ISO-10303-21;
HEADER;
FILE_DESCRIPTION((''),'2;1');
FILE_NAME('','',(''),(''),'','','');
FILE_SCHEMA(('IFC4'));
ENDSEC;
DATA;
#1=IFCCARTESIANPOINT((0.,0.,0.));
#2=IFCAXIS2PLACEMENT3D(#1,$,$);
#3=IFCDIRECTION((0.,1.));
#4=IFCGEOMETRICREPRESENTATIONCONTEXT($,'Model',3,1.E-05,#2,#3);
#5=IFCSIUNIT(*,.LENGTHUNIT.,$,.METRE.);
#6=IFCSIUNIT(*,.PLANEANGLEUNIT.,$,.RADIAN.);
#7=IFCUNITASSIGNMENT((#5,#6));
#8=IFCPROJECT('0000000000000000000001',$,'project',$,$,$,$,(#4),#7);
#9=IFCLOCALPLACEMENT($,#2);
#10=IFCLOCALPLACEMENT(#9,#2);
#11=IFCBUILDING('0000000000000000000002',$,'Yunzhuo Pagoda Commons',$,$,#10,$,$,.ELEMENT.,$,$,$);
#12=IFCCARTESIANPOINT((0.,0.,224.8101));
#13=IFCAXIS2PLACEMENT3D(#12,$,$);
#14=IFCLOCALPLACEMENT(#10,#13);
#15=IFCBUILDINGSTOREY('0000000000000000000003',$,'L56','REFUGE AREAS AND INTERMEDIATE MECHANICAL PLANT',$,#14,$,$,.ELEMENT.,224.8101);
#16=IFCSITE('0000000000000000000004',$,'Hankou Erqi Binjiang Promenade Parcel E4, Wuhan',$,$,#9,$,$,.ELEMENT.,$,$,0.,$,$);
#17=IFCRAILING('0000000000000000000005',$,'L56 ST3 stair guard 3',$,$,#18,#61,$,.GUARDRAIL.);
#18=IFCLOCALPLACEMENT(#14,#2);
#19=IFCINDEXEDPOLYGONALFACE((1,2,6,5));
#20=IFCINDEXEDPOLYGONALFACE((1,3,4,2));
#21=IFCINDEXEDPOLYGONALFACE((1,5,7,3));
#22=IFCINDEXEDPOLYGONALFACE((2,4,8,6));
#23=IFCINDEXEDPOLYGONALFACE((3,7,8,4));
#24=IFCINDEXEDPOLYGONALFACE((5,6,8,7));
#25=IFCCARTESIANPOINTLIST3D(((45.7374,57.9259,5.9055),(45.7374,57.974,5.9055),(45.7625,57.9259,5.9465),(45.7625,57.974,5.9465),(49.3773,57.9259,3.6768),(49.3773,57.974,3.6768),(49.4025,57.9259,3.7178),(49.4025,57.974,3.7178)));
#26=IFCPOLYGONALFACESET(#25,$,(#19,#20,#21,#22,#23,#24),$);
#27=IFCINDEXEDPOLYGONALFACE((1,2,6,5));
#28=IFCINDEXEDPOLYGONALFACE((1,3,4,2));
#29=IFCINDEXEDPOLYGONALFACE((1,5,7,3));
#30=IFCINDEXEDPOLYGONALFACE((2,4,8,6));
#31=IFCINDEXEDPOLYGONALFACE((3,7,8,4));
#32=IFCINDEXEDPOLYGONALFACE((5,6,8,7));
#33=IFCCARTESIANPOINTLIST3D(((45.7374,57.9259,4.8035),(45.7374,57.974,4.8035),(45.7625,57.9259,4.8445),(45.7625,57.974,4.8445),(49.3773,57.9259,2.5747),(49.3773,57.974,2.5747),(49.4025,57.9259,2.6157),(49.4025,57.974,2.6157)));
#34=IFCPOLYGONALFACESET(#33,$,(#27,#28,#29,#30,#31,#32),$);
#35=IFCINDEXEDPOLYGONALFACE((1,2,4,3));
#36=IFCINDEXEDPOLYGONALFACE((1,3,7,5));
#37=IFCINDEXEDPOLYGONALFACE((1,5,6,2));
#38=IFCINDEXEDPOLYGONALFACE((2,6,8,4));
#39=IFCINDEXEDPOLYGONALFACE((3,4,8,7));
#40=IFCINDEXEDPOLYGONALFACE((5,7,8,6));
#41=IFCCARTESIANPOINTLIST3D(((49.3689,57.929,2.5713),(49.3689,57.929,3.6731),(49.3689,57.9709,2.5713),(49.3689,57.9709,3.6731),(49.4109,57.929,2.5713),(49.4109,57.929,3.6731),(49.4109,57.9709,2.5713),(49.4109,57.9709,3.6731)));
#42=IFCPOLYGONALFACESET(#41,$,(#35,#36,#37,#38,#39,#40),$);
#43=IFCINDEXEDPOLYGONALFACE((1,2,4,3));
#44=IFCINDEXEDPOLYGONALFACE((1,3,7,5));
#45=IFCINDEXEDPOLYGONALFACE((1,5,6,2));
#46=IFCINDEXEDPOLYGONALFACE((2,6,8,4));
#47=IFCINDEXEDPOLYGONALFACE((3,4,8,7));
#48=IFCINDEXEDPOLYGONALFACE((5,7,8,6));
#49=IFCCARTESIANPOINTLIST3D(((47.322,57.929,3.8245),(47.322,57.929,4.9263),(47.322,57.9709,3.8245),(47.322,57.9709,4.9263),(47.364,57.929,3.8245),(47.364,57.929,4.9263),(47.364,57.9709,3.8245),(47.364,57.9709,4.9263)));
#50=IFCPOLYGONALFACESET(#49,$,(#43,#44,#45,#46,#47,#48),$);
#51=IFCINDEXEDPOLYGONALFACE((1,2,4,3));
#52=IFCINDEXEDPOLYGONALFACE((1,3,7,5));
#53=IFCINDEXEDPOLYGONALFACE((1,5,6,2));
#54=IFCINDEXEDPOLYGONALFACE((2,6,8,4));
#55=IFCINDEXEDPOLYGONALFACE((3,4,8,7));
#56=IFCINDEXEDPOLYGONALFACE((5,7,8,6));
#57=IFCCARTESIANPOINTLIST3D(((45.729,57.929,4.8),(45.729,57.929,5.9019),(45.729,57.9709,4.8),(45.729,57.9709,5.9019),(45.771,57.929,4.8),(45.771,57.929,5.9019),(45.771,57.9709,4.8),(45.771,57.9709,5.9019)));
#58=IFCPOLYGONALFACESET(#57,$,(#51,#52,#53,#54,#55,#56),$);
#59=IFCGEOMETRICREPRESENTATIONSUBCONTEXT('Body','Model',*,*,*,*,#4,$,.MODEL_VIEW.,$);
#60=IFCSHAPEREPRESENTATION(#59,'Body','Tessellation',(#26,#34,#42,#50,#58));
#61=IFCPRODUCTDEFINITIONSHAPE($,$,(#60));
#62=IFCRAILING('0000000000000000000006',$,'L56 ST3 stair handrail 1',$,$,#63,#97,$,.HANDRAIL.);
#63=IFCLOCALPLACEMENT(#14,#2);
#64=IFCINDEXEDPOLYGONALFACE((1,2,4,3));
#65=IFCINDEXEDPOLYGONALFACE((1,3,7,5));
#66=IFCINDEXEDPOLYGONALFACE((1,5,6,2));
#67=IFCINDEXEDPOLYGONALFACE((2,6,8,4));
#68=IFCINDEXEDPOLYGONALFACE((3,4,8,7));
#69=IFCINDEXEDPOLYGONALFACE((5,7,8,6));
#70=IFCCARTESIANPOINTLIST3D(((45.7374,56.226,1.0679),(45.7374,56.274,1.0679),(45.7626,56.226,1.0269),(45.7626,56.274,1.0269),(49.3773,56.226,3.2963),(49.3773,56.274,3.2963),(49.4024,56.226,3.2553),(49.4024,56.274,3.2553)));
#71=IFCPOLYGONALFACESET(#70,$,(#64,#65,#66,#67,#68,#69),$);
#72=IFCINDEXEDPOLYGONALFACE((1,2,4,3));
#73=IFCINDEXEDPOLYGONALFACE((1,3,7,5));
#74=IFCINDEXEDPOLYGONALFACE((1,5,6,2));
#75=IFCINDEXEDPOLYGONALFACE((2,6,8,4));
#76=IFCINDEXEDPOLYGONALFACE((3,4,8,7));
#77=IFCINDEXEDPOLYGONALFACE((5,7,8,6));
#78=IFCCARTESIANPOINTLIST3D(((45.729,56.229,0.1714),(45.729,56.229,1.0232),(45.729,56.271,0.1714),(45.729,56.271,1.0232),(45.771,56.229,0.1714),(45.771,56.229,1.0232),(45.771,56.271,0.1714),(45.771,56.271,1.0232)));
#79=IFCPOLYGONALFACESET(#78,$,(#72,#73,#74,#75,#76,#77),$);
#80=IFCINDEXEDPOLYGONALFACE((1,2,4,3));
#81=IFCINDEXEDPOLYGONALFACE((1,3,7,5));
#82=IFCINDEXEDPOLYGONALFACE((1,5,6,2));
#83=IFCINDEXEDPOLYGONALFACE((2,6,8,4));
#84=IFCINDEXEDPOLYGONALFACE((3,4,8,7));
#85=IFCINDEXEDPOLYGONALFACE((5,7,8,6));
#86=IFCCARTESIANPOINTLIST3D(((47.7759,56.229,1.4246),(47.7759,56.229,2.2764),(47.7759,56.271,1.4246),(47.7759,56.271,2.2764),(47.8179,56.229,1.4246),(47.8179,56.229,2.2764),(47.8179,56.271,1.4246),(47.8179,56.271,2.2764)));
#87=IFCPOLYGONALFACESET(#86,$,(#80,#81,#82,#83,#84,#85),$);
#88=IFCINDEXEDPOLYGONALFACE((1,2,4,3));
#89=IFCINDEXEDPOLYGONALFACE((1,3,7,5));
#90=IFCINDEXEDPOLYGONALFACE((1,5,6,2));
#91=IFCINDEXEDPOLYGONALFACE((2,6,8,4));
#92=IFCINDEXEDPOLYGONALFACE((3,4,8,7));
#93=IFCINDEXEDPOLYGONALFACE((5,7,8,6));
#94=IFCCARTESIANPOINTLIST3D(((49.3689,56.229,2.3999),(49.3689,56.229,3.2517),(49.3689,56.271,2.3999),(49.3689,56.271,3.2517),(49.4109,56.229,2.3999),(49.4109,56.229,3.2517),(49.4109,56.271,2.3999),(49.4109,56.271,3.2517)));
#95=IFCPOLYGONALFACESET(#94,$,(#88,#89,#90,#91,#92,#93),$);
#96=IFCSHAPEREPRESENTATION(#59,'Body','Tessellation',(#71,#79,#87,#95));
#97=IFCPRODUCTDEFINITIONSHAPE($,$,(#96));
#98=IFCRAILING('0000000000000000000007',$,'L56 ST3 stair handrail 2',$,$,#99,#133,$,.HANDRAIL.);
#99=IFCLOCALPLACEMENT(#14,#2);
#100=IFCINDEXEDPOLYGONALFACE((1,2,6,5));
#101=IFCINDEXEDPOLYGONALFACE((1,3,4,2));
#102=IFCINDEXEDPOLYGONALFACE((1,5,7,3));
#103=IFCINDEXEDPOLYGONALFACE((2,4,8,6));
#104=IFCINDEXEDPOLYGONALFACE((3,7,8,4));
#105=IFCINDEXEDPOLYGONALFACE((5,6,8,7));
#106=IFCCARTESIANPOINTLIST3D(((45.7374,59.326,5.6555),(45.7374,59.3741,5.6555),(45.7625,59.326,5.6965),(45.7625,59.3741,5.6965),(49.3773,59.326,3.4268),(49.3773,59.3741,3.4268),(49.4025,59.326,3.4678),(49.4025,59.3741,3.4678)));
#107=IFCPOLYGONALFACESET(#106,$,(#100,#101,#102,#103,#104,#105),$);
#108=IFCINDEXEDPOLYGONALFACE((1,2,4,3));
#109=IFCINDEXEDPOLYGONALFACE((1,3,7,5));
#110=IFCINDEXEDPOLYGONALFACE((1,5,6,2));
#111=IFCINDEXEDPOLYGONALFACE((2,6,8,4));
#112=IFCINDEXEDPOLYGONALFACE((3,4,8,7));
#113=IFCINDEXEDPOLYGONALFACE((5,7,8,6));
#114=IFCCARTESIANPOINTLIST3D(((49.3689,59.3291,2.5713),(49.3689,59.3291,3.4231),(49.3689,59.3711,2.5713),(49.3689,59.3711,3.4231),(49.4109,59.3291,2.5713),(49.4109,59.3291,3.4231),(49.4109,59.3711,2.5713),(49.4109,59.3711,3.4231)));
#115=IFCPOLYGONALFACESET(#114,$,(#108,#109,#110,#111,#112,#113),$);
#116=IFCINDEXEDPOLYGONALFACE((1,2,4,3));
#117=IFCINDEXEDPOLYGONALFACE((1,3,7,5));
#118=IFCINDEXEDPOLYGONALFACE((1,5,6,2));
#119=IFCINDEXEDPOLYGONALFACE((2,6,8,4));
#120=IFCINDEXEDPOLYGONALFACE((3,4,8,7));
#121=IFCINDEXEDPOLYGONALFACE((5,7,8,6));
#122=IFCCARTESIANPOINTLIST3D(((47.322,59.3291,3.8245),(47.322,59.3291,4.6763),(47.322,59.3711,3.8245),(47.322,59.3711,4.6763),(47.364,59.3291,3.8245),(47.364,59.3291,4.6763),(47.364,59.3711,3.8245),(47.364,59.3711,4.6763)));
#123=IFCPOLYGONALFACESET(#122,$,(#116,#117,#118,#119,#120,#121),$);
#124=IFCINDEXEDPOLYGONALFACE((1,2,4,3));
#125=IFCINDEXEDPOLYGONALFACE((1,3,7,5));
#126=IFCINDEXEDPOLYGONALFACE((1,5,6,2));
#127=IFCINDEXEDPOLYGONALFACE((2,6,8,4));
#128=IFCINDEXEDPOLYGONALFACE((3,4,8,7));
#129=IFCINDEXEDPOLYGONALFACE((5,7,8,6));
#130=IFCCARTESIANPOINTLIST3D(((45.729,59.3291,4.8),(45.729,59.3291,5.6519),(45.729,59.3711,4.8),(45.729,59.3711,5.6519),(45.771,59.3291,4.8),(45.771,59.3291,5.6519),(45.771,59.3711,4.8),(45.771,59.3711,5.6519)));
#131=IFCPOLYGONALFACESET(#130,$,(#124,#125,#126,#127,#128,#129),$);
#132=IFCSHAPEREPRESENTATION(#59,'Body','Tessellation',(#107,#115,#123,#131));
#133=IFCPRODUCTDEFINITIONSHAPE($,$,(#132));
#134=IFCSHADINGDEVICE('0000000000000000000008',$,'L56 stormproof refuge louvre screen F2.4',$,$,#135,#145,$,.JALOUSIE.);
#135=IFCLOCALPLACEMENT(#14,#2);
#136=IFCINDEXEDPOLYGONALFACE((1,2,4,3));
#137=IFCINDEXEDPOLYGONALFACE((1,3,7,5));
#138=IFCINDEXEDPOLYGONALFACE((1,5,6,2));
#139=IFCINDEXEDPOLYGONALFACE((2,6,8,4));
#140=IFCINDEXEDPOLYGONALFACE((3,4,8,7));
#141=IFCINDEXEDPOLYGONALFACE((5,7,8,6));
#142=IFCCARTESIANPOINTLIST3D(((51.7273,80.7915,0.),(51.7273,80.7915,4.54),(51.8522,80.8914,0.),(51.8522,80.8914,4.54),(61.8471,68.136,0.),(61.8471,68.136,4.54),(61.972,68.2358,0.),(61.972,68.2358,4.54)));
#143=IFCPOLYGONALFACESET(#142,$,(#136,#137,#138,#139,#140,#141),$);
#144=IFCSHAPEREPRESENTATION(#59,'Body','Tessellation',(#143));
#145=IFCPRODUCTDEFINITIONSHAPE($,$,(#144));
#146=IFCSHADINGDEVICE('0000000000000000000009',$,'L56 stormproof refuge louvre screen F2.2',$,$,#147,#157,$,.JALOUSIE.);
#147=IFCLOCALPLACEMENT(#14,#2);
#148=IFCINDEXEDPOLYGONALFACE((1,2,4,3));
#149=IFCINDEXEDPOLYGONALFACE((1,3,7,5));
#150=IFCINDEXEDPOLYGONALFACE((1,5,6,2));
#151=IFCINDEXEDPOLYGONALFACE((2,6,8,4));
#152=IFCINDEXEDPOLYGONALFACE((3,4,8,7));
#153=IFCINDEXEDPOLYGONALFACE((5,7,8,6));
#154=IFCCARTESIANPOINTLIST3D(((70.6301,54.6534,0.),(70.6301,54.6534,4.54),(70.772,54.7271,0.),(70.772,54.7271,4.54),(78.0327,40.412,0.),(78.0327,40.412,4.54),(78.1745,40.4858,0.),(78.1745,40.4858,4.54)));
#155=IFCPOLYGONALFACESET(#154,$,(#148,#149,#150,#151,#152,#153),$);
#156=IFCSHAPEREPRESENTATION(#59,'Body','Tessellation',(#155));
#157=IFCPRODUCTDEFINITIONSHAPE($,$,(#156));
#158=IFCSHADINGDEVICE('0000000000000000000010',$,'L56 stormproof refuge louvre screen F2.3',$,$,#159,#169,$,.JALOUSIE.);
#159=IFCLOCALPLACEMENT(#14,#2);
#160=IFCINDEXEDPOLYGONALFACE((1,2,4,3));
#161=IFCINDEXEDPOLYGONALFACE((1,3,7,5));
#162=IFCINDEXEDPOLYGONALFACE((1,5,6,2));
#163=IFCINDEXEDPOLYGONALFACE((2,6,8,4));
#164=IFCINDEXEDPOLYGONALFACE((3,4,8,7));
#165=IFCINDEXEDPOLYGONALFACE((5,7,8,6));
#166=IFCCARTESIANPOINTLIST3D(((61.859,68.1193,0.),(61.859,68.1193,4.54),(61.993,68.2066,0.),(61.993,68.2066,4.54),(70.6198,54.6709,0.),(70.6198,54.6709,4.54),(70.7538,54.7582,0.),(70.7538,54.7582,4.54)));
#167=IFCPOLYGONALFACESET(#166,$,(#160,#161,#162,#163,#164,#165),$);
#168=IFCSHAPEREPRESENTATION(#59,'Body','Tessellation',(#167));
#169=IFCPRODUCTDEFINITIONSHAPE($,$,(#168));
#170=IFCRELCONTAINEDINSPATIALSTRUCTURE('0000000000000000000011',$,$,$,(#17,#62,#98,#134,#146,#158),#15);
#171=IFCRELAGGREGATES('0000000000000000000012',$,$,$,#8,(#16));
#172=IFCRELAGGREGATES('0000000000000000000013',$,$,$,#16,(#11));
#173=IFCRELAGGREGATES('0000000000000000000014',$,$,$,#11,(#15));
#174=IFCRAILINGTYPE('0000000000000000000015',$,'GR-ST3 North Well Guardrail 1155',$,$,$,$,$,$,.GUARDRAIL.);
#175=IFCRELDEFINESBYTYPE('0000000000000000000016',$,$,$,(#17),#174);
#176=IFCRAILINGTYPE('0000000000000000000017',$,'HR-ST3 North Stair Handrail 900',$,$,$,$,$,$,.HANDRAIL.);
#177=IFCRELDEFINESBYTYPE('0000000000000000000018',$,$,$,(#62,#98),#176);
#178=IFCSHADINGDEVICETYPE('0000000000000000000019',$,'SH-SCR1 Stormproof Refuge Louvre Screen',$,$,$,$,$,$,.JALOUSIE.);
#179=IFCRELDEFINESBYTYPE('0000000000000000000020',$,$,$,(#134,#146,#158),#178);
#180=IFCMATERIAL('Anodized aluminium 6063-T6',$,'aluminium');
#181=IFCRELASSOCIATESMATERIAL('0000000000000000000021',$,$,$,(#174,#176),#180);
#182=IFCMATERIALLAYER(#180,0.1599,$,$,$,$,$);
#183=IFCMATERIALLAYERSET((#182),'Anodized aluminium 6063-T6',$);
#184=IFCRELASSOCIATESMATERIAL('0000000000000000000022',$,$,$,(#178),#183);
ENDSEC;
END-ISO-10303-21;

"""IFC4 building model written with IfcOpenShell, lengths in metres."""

from ifc_helpers import new_model, si_unit, direction, frame, origin, origin_2d, place, context, subcontext, project, spatial, rectangle, extrude, source, transform, mapped, material, layer, layer_set, type_object, element, save


model = new_model("IFC4")

# Units and contexts
model_context = context("Model", 3, precision=1e-05, world=origin(), true_north=direction((0.0, 1.0)))
body_context = subcontext(model_context, "Body", "Model", "MODEL_VIEW")
ifc_project = project(units=[si_unit("LENGTHUNIT", "METRE"), si_unit("PLANEANGLEUNIT", "RADIAN")], contexts=[model_context])

# Site, building, storey
site_placement = place(None, origin())
site = spatial("IfcSite", under=ifc_project, at=site_placement, Name="Hankou Erqi Binjiang Promenade Parcel E4, Wuhan", CompositionType="ELEMENT", RefElevation=0.0)
building_placement = place(site_placement, origin())
building = spatial("IfcBuilding", under=site, at=building_placement, Name="Yunzhuo Pagoda Commons", CompositionType="ELEMENT")
storey_placement = place(building_placement, frame((0.0, 0.0, 224.8101)))
storey = spatial("IfcBuildingStorey", under=building, at=storey_placement, Name="L56", Description="REFUGE AREAS AND INTERMEDIATE MECHANICAL PLANT", CompositionType="ELEMENT", Elevation=224.8101)

# Railings
ifc_material_1 = material(Name="Anodized aluminium 6063-T6", Category="aluminium")
railing_type_1 = type_object("IfcRailingType", Name="GR-ST3 North Well Guardrail 1155", PredefinedType="GUARDRAIL", material=ifc_material_1)
railing_1_placement = place(storey_placement, frame((49.3899, 57.95, 2.5713)))
element("IfcRailing", 1, at=railing_1_placement, inside=storey, type_object=railing_type_1, Name="L56 ST3 stair guard 3", PredefinedType="GUARDRAIL", context=body_context, shape_type="SweptSolid", body=[
    extrude(rectangle(XDim=0.0481, YDim=0.0481, at=origin_2d()), frame((0.0, 0.0, 1.126), z_axis=(-0.852825, 0.0, 0.522197), x_axis=(0.0, -1.0, 0.0)), (0.0, 0.0, 1.0), 4.2681),
    extrude(rectangle(XDim=0.0481, YDim=0.0481, at=origin_2d()), frame((0.0, 0.0, 0.0239), z_axis=(-0.852825, 0.0, 0.522197), x_axis=(0.0, -1.0, 0.0)), (0.0, 0.0, 1.0), 4.2681),
    extrude(rectangle(XDim=0.042, YDim=0.042, at=origin_2d()), origin(), (0.0, 0.0, 1.0), 1.1018),
    extrude(rectangle(XDim=0.042, YDim=0.042, at=origin_2d()), frame((-2.0469, 0.0, 1.2532)), (0.0, 0.0, 1.0), 1.1018),
    extrude(rectangle(XDim=0.042, YDim=0.042, at=origin_2d()), frame((-3.6399, 0.0, 2.2288)), (0.0, 0.0, 1.0), 1.1018),
])
railing_type_2 = type_object("IfcRailingType", Name="HR-ST3 North Stair Handrail 900", PredefinedType="HANDRAIL", material=ifc_material_1)
railing_2_placement = place(storey_placement, frame((45.75, 56.25, 0.1714)))
element("IfcRailing", 2, at=railing_2_placement, inside=storey, type_object=railing_type_2, Name="L56 ST3 stair handrail 1", PredefinedType="HANDRAIL", context=body_context, shape_type="SweptSolid", body=[
    extrude(rectangle(XDim=0.0481, YDim=0.0481, at=origin_2d()), frame((0.0, 0.0, 0.876), z_axis=(0.85285, 0.0, 0.522156), x_axis=(0.0, 1.0, 0.0)), (0.0, 0.0, 1.0), 4.2678),
    extrude(rectangle(XDim=0.042, YDim=0.042, at=origin_2d()), origin(), (0.0, 0.0, 1.0), 0.8518),
    extrude(rectangle(XDim=0.042, YDim=0.042, at=origin_2d()), frame((2.0469, 0.0, 1.2532)), (0.0, 0.0, 1.0), 0.8518),
    extrude(rectangle(XDim=0.042, YDim=0.042, at=origin_2d()), frame((3.6399, 0.0, 2.2285)), (0.0, 0.0, 1.0), 0.8518),
])
railing_3_placement = place(storey_placement, frame((49.3899, 59.3501, 2.5713)))
element("IfcRailing", 3, at=railing_3_placement, inside=storey, type_object=railing_type_2, Name="L56 ST3 stair handrail 2", PredefinedType="HANDRAIL", context=body_context, shape_type="SweptSolid", body=[
    extrude(rectangle(XDim=0.0481, YDim=0.0481, at=origin_2d()), frame((0.0, 0.0, 0.876), z_axis=(-0.852825, 0.0, 0.522197), x_axis=(0.0, -1.0, 0.0)), (0.0, 0.0, 1.0), 4.2681),
    extrude(rectangle(XDim=0.042, YDim=0.042, at=origin_2d()), origin(), (0.0, 0.0, 1.0), 0.8518),
    extrude(rectangle(XDim=0.042, YDim=0.042, at=origin_2d()), frame((-2.0469, 0.0, 1.2532)), (0.0, 0.0, 1.0), 0.8518),
    extrude(rectangle(XDim=0.042, YDim=0.042, at=origin_2d()), frame((-3.6399, 0.0, 2.2288)), (0.0, 0.0, 1.0), 0.8518),
])

# Shading devices
ifc_layer_1 = layer(ifc_material_1, 0.1599)
ifc_layer_set_1 = layer_set([ifc_layer_1], Name="Anodized aluminium 6063-T6")
shading_device_type = type_object("IfcShadingDeviceType", Name="SH-SCR1 Stormproof Refuge Louvre Screen", PredefinedType="JALOUSIE", material=ifc_layer_set_1)
shared_shape_1 = source(origin(), body_context, "Body", "SweptSolid", [
    extrude(rectangle(XDim=16.2041, YDim=0.1599, at=origin_2d()), origin(), (0.0, 0.0, 1.0), 4.54),
])
shading_device_placement = place(storey_placement, frame((56.8496, 74.5137, 0.0), z_axis=(0.0, 0.0, 1.0), x_axis=(-0.62452, 0.781008, 0.0)))
element("IfcShadingDevice", 4, at=shading_device_placement, inside=storey, type_object=shading_device_type, Name="L56 stormproof refuge louvre screen F2.4", PredefinedType="JALOUSIE", context=body_context, shape_type="MappedRepresentation", body=[
    mapped(shared_shape_1, transform((0.0, 0.0, 0.0), scale=1.0)),
])
shared_shape_2 = source(origin(), body_context, "Body", "SweptSolid", [
    extrude(rectangle(XDim=16.0503, YDim=0.1599, at=origin_2d()), origin(), (0.0, 0.0, 1.0), 4.54),
])
for number, where, z_axis, x_axis, name in (
    (5, (74.4023, 47.5696, 0.0), (0.0, 0.0, 1.0), (-0.461207, 0.887293, 0.0), "L56 stormproof refuge louvre screen F2.2"),
    (6, (66.3064, 61.4387, 0.0), (0.0, 0.0, 1.0), (-0.545839, 0.83789, 0.0), "L56 stormproof refuge louvre screen F2.3"),
):
    element("IfcShadingDevice", number, at=place(storey_placement, frame(where, z_axis=z_axis, x_axis=x_axis)), inside=storey, type_object=shading_device_type, Name=name, PredefinedType="JALOUSIE", context=body_context, shape_type="MappedRepresentation", body=[
        mapped(shared_shape_2, transform((0.0, 0.0, 0.0), scale=1.0)),
    ])

save(model, "model.ifc")
